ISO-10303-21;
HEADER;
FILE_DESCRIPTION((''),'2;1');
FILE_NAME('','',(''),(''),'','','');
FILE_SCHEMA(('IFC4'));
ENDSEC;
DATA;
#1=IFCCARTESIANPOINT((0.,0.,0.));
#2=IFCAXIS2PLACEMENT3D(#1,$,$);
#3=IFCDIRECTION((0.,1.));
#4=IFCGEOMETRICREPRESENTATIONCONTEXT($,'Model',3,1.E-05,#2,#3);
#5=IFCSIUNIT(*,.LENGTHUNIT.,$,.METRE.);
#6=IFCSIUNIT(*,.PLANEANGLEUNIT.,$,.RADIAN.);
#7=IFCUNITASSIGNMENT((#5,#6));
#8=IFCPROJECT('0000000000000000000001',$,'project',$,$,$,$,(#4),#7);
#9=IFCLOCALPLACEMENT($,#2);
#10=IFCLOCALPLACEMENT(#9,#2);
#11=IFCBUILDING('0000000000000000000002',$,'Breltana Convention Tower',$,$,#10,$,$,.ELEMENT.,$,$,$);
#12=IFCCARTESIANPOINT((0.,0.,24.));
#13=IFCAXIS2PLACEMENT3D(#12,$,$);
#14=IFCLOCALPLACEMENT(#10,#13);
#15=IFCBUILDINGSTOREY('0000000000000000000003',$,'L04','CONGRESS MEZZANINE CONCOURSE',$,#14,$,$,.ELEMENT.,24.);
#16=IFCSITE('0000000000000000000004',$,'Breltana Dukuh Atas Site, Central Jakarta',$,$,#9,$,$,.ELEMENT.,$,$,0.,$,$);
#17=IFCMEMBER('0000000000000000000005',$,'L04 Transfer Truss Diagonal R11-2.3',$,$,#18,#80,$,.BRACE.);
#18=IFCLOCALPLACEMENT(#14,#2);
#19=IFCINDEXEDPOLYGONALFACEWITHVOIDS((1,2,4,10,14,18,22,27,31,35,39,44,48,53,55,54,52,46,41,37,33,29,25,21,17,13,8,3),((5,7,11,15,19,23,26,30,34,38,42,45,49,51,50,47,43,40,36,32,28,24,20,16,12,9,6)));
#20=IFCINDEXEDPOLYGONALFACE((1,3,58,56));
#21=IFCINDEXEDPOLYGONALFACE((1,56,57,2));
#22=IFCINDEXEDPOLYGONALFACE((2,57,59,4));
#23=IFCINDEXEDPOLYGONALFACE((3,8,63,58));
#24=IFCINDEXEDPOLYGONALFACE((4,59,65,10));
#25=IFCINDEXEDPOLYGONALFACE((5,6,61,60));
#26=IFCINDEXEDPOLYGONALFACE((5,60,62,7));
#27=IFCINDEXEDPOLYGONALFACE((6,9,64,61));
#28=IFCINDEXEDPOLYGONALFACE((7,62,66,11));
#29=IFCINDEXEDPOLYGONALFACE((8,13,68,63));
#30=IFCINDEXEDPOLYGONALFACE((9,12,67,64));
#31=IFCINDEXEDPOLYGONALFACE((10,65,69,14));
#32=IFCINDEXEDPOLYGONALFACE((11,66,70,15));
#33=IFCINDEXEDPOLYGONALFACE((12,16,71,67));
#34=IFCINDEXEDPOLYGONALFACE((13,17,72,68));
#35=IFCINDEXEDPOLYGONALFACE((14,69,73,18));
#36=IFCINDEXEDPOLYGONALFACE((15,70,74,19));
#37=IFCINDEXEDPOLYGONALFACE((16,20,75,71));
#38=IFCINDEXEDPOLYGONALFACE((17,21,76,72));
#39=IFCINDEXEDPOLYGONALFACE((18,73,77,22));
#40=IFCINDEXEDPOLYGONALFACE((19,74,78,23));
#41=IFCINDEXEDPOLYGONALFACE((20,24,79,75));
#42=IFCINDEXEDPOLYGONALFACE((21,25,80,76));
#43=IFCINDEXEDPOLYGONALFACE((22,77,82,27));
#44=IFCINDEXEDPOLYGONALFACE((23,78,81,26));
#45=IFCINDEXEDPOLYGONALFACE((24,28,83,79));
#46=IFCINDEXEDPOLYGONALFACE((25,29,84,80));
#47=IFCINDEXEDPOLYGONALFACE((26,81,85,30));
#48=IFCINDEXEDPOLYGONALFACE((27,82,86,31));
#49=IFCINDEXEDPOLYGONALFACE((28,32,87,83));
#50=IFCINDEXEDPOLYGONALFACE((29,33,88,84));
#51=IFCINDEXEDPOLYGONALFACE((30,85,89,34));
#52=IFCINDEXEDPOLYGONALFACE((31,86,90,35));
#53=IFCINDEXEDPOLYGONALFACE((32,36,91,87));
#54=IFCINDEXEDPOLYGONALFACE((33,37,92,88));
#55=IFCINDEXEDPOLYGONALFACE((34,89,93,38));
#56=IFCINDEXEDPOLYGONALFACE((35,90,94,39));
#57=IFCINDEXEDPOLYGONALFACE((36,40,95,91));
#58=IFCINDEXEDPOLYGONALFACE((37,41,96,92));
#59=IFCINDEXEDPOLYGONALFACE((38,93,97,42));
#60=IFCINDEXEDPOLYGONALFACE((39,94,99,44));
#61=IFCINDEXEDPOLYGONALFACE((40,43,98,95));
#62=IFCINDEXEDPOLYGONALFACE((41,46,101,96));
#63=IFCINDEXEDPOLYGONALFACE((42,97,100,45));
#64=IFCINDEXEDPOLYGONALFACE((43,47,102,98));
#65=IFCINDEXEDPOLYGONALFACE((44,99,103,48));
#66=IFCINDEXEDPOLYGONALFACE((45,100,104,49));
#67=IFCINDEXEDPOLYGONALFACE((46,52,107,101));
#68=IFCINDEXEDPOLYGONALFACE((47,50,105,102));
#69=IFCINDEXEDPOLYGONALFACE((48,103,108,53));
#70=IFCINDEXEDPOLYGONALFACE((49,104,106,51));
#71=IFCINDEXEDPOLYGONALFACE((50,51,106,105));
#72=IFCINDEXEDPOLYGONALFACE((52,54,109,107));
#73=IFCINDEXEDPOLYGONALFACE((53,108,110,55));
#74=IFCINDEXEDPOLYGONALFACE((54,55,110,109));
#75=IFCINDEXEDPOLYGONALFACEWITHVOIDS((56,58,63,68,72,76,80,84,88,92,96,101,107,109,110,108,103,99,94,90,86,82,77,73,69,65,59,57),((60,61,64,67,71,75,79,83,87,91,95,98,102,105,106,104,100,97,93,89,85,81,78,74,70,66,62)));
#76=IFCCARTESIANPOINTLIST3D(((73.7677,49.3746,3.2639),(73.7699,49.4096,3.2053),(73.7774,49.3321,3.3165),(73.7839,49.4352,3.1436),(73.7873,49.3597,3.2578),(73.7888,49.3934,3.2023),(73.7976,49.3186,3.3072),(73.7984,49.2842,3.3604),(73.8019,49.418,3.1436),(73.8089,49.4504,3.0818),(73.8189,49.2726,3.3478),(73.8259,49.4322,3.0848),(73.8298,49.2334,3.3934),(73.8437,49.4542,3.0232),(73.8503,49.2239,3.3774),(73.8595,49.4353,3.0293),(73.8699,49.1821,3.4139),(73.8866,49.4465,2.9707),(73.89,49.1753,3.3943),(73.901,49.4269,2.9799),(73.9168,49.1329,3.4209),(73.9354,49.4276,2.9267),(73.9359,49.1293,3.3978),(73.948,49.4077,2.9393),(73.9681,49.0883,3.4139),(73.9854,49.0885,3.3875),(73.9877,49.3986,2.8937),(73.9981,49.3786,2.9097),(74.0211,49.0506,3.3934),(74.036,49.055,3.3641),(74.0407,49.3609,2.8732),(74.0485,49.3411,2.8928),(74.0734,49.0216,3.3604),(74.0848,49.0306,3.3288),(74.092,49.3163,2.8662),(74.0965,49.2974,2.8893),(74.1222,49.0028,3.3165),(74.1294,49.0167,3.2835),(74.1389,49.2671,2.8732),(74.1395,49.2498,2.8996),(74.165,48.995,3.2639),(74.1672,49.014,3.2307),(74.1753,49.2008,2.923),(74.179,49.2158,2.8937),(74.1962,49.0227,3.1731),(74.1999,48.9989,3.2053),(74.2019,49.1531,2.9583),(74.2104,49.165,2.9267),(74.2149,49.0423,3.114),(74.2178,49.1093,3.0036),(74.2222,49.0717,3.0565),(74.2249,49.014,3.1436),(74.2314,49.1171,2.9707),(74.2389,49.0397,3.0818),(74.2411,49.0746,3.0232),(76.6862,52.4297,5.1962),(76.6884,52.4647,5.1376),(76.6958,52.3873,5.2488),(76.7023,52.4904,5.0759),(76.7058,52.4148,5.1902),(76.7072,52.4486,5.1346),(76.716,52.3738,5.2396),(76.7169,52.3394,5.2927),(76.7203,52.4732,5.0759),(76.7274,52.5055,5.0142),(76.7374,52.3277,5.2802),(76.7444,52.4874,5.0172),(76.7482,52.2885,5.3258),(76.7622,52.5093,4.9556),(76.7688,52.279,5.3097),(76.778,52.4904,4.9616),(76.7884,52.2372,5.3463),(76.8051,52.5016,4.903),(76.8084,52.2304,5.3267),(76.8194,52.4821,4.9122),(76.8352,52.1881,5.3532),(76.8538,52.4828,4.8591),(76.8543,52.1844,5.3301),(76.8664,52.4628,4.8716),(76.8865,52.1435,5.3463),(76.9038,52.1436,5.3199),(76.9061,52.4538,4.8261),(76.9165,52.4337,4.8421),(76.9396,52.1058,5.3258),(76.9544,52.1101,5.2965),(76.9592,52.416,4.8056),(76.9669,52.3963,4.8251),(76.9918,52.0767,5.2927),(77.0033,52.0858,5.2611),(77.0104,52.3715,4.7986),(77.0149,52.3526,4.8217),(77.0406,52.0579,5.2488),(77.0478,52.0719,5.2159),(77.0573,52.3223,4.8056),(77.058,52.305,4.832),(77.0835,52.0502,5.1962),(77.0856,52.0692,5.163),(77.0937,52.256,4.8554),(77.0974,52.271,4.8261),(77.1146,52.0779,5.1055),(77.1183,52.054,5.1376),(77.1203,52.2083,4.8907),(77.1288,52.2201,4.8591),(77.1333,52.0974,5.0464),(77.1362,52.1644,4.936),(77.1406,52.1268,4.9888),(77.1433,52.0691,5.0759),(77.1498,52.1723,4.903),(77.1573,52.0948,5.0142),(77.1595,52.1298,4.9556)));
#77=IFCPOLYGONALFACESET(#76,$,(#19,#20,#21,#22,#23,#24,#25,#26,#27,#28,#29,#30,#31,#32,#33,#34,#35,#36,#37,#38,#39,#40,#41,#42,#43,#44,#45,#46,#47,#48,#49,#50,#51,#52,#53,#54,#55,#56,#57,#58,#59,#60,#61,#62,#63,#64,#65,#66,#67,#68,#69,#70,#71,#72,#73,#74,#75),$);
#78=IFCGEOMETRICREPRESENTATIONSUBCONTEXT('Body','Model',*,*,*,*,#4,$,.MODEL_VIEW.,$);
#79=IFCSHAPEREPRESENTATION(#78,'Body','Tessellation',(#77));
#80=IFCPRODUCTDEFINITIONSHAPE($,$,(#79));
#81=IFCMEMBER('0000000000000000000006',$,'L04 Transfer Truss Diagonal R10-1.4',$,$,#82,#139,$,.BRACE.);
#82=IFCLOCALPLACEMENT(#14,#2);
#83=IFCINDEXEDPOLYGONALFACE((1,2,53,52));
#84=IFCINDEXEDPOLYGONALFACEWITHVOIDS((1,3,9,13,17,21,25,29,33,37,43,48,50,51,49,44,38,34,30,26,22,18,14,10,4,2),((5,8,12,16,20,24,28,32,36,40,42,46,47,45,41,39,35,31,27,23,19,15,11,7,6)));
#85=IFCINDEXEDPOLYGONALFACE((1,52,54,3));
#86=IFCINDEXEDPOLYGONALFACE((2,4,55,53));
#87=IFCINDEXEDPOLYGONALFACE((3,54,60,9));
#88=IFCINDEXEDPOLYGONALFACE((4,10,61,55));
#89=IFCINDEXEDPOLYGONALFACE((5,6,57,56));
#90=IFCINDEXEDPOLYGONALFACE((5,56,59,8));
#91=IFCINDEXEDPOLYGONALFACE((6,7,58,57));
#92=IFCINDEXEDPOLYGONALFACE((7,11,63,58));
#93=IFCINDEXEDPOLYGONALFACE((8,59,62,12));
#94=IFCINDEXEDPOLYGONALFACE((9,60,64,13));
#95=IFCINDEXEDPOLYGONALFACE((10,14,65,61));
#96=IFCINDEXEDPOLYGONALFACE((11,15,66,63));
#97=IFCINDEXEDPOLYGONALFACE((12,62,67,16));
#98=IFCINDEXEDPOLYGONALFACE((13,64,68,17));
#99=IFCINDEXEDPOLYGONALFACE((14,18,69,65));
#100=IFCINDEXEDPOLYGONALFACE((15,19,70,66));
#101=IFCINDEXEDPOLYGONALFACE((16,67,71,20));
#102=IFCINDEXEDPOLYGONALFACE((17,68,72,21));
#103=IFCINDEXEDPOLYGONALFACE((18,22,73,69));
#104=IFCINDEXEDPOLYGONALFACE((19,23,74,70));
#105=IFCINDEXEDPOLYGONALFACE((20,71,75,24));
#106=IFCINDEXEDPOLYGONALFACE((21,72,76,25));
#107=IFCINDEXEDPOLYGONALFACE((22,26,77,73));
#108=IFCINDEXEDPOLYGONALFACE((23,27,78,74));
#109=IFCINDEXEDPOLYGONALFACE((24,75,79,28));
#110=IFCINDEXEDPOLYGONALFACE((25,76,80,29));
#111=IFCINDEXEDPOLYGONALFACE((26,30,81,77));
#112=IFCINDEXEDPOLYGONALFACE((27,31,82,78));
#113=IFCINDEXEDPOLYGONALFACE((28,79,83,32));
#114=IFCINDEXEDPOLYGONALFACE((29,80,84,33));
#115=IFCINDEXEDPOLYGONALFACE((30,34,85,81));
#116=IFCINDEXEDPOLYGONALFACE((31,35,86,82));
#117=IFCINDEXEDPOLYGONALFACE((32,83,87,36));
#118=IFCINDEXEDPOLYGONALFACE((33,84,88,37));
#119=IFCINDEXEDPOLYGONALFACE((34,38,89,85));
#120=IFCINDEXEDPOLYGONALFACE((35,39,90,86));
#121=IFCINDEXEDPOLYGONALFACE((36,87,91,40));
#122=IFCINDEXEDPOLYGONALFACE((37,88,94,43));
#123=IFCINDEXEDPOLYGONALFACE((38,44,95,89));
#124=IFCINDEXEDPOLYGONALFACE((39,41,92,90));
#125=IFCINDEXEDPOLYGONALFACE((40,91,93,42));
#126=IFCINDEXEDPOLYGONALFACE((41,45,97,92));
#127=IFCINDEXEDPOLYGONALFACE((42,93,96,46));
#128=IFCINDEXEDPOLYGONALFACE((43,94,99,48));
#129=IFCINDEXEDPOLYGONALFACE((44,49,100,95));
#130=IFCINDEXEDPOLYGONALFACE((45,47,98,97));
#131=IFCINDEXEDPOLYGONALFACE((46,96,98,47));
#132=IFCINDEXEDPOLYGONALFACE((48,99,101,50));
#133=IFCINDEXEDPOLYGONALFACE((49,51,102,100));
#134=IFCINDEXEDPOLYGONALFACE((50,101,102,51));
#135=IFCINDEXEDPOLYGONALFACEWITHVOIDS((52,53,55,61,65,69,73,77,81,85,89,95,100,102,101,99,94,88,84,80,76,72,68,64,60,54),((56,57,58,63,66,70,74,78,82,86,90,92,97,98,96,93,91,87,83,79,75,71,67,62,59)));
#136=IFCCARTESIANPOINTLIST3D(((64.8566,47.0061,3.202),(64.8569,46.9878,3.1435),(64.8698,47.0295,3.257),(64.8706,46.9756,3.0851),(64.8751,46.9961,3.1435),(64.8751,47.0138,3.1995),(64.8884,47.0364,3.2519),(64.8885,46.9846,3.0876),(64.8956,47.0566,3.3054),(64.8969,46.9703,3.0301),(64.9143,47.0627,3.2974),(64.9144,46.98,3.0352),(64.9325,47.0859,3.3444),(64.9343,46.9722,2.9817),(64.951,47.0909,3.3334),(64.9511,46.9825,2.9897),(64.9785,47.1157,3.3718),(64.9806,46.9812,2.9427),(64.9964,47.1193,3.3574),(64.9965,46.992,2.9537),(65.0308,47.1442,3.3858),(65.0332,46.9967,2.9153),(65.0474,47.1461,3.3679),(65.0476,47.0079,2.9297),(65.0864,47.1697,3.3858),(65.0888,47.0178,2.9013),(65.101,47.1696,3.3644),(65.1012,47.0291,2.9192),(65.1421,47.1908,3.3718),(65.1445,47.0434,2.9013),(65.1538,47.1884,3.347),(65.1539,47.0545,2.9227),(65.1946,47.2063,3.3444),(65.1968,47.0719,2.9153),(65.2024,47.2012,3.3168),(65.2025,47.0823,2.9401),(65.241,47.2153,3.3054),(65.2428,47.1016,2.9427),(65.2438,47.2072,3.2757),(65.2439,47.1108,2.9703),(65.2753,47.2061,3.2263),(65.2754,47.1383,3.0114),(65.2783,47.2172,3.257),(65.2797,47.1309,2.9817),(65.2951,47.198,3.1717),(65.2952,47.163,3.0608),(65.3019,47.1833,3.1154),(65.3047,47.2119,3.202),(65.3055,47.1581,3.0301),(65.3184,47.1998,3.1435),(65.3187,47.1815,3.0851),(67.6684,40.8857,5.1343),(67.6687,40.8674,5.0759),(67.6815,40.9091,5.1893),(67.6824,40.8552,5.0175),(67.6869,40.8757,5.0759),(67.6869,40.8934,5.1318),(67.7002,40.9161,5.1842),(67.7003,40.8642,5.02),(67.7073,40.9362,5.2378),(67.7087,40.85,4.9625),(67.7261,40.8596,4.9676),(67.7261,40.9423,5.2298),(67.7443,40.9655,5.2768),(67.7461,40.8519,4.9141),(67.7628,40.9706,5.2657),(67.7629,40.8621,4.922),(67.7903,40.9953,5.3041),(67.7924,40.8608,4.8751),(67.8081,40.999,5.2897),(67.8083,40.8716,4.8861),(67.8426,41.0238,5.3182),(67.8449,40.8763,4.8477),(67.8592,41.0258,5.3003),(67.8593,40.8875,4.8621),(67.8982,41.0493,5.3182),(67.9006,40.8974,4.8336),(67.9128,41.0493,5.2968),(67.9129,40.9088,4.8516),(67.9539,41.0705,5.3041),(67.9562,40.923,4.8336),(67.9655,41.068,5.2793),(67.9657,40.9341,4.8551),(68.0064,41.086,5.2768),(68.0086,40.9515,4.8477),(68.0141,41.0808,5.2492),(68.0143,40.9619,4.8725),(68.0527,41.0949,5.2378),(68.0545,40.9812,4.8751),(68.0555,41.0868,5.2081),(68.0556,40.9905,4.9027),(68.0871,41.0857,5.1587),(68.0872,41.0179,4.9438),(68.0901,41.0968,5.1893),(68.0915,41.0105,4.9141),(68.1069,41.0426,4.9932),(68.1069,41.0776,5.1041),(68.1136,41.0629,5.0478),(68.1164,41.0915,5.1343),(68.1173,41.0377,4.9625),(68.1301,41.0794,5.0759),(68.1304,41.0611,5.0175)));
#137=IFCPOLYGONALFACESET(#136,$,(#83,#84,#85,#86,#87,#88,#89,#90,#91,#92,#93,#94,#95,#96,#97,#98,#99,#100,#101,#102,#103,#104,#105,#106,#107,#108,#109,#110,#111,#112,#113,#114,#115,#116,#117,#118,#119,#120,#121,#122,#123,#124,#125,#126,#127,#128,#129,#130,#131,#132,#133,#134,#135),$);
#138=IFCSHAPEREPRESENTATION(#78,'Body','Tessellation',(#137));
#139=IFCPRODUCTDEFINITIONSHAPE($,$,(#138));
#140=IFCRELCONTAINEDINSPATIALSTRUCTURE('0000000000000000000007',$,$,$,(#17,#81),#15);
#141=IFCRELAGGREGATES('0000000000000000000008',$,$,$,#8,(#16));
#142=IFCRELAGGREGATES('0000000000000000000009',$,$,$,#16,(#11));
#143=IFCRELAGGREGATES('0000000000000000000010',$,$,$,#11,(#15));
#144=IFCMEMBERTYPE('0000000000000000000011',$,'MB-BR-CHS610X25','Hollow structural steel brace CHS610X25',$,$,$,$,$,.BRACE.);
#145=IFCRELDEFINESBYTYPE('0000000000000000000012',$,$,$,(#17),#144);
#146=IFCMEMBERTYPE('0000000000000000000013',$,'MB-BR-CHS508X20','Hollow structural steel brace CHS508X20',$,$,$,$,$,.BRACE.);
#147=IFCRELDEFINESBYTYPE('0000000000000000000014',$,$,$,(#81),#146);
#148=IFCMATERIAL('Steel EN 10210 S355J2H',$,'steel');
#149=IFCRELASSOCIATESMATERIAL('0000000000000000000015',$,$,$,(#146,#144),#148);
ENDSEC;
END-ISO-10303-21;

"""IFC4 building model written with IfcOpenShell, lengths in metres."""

from ifc_helpers import new_model, si_unit, direction, frame, origin, origin_2d, place, context, subcontext, project, spatial, hollow_circle, extrude, source, transform, mapped, material, material_profile, profile_set, type_object, element, save


model = new_model("IFC4")

# Units and contexts
model_context = context("Model", 3, precision=1e-05, world=origin(), true_north=direction((0.0, 1.0)))
body_context = subcontext(model_context, "Body", "Model", "MODEL_VIEW")
ifc_project = project(units=[si_unit("LENGTHUNIT", "METRE"), si_unit("PLANEANGLEUNIT", "RADIAN")], contexts=[model_context])

# Site, building, storey
site_placement = place(None, origin())
site = spatial("IfcSite", under=ifc_project, at=site_placement, Name="Breltana Dukuh Atas Site, Central Jakarta", CompositionType="ELEMENT", RefElevation=0.0)
building_placement = place(site_placement, origin())
building = spatial("IfcBuilding", under=site, at=building_placement, Name="Breltana Convention Tower", CompositionType="ELEMENT")
storey_placement = place(building_placement, frame((0.0, 0.0, 24.0)))
storey = spatial("IfcBuildingStorey", under=building, at=storey_placement, Name="L04", Description="CONGRESS MEZZANINE CONCOURSE", CompositionType="ELEMENT", Elevation=24.0)

# Shared definitions
ifc_material_1 = material(Name="Steel EN 10210 S355J2H", Category="steel")
ifc_material_profile_1 = material_profile(ifc_material_1, hollow_circle(Radius=0.2539, WallThickness=0.02, at=origin_2d()), Name="CHS508X20")
ifc_profile_set_1 = profile_set([ifc_material_profile_1], Name="Steel EN 10210 S355J2H")
member_type_1 = type_object("IfcMemberType", Name="MB-BR-CHS508X20", Description="Hollow structural steel brace CHS508X20", PredefinedType="BRACE", material=ifc_profile_set_1)

# Members
ifc_material_profile_2 = material_profile(ifc_material_1, hollow_circle(Radius=0.3049, WallThickness=0.0249, at=origin_2d()), Name="CHS610X25")
ifc_profile_set_2 = profile_set([ifc_material_profile_2], Name="Steel EN 10210 S355J2H")
member_type_2 = type_object("IfcMemberType", Name="MB-BR-CHS610X25", Description="Hollow structural steel brace CHS610X25", PredefinedType="BRACE", material=ifc_profile_set_2)
shared_shape_1 = source(origin(), body_context, "Body", "SweptSolid", [
    extrude(hollow_circle(Radius=0.3049, WallThickness=0.0249, at=origin_2d()), origin(), (0.0, 0.0, 1.0), 4.646),
])
member_1_placement = place(storey_placement, frame((74.0044, 49.2246, 3.1436), z_axis=(0.628162, 0.657589, 0.41592), x_axis=(-0.723101, 0.690742, 0.0)))
element("IfcMember", 1, at=member_1_placement, inside=storey, type_object=member_type_2, Name="L04 Transfer Truss Diagonal R11-2.3", PredefinedType="BRACE", context=body_context, shape_type="MappedRepresentation", body=[
    mapped(shared_shape_1, transform((0.0, 0.0, 0.0), scale=1.0)),
])
shared_shape_2 = source(origin(), body_context, "Body", "SweptSolid", [
    extrude(hollow_circle(Radius=0.2539, WallThickness=0.02, at=origin_2d()), origin(), (0.0, 0.0, 1.0), 7.0071),
])
member_2_placement = place(storey_placement, frame((67.8994, 40.9734, 5.0759), z_axis=(-0.401276, 0.873456, -0.275775), x_axis=(-0.908693, -0.417465, 0.0)))
element("IfcMember", 2, at=member_2_placement, inside=storey, type_object=member_type_1, Name="L04 Transfer Truss Diagonal R10-1.4", PredefinedType="BRACE", context=body_context, shape_type="MappedRepresentation", body=[
    mapped(shared_shape_2, transform((0.0, 0.0, 0.0), scale=1.0)),
])

save(model, "model.ifc")
